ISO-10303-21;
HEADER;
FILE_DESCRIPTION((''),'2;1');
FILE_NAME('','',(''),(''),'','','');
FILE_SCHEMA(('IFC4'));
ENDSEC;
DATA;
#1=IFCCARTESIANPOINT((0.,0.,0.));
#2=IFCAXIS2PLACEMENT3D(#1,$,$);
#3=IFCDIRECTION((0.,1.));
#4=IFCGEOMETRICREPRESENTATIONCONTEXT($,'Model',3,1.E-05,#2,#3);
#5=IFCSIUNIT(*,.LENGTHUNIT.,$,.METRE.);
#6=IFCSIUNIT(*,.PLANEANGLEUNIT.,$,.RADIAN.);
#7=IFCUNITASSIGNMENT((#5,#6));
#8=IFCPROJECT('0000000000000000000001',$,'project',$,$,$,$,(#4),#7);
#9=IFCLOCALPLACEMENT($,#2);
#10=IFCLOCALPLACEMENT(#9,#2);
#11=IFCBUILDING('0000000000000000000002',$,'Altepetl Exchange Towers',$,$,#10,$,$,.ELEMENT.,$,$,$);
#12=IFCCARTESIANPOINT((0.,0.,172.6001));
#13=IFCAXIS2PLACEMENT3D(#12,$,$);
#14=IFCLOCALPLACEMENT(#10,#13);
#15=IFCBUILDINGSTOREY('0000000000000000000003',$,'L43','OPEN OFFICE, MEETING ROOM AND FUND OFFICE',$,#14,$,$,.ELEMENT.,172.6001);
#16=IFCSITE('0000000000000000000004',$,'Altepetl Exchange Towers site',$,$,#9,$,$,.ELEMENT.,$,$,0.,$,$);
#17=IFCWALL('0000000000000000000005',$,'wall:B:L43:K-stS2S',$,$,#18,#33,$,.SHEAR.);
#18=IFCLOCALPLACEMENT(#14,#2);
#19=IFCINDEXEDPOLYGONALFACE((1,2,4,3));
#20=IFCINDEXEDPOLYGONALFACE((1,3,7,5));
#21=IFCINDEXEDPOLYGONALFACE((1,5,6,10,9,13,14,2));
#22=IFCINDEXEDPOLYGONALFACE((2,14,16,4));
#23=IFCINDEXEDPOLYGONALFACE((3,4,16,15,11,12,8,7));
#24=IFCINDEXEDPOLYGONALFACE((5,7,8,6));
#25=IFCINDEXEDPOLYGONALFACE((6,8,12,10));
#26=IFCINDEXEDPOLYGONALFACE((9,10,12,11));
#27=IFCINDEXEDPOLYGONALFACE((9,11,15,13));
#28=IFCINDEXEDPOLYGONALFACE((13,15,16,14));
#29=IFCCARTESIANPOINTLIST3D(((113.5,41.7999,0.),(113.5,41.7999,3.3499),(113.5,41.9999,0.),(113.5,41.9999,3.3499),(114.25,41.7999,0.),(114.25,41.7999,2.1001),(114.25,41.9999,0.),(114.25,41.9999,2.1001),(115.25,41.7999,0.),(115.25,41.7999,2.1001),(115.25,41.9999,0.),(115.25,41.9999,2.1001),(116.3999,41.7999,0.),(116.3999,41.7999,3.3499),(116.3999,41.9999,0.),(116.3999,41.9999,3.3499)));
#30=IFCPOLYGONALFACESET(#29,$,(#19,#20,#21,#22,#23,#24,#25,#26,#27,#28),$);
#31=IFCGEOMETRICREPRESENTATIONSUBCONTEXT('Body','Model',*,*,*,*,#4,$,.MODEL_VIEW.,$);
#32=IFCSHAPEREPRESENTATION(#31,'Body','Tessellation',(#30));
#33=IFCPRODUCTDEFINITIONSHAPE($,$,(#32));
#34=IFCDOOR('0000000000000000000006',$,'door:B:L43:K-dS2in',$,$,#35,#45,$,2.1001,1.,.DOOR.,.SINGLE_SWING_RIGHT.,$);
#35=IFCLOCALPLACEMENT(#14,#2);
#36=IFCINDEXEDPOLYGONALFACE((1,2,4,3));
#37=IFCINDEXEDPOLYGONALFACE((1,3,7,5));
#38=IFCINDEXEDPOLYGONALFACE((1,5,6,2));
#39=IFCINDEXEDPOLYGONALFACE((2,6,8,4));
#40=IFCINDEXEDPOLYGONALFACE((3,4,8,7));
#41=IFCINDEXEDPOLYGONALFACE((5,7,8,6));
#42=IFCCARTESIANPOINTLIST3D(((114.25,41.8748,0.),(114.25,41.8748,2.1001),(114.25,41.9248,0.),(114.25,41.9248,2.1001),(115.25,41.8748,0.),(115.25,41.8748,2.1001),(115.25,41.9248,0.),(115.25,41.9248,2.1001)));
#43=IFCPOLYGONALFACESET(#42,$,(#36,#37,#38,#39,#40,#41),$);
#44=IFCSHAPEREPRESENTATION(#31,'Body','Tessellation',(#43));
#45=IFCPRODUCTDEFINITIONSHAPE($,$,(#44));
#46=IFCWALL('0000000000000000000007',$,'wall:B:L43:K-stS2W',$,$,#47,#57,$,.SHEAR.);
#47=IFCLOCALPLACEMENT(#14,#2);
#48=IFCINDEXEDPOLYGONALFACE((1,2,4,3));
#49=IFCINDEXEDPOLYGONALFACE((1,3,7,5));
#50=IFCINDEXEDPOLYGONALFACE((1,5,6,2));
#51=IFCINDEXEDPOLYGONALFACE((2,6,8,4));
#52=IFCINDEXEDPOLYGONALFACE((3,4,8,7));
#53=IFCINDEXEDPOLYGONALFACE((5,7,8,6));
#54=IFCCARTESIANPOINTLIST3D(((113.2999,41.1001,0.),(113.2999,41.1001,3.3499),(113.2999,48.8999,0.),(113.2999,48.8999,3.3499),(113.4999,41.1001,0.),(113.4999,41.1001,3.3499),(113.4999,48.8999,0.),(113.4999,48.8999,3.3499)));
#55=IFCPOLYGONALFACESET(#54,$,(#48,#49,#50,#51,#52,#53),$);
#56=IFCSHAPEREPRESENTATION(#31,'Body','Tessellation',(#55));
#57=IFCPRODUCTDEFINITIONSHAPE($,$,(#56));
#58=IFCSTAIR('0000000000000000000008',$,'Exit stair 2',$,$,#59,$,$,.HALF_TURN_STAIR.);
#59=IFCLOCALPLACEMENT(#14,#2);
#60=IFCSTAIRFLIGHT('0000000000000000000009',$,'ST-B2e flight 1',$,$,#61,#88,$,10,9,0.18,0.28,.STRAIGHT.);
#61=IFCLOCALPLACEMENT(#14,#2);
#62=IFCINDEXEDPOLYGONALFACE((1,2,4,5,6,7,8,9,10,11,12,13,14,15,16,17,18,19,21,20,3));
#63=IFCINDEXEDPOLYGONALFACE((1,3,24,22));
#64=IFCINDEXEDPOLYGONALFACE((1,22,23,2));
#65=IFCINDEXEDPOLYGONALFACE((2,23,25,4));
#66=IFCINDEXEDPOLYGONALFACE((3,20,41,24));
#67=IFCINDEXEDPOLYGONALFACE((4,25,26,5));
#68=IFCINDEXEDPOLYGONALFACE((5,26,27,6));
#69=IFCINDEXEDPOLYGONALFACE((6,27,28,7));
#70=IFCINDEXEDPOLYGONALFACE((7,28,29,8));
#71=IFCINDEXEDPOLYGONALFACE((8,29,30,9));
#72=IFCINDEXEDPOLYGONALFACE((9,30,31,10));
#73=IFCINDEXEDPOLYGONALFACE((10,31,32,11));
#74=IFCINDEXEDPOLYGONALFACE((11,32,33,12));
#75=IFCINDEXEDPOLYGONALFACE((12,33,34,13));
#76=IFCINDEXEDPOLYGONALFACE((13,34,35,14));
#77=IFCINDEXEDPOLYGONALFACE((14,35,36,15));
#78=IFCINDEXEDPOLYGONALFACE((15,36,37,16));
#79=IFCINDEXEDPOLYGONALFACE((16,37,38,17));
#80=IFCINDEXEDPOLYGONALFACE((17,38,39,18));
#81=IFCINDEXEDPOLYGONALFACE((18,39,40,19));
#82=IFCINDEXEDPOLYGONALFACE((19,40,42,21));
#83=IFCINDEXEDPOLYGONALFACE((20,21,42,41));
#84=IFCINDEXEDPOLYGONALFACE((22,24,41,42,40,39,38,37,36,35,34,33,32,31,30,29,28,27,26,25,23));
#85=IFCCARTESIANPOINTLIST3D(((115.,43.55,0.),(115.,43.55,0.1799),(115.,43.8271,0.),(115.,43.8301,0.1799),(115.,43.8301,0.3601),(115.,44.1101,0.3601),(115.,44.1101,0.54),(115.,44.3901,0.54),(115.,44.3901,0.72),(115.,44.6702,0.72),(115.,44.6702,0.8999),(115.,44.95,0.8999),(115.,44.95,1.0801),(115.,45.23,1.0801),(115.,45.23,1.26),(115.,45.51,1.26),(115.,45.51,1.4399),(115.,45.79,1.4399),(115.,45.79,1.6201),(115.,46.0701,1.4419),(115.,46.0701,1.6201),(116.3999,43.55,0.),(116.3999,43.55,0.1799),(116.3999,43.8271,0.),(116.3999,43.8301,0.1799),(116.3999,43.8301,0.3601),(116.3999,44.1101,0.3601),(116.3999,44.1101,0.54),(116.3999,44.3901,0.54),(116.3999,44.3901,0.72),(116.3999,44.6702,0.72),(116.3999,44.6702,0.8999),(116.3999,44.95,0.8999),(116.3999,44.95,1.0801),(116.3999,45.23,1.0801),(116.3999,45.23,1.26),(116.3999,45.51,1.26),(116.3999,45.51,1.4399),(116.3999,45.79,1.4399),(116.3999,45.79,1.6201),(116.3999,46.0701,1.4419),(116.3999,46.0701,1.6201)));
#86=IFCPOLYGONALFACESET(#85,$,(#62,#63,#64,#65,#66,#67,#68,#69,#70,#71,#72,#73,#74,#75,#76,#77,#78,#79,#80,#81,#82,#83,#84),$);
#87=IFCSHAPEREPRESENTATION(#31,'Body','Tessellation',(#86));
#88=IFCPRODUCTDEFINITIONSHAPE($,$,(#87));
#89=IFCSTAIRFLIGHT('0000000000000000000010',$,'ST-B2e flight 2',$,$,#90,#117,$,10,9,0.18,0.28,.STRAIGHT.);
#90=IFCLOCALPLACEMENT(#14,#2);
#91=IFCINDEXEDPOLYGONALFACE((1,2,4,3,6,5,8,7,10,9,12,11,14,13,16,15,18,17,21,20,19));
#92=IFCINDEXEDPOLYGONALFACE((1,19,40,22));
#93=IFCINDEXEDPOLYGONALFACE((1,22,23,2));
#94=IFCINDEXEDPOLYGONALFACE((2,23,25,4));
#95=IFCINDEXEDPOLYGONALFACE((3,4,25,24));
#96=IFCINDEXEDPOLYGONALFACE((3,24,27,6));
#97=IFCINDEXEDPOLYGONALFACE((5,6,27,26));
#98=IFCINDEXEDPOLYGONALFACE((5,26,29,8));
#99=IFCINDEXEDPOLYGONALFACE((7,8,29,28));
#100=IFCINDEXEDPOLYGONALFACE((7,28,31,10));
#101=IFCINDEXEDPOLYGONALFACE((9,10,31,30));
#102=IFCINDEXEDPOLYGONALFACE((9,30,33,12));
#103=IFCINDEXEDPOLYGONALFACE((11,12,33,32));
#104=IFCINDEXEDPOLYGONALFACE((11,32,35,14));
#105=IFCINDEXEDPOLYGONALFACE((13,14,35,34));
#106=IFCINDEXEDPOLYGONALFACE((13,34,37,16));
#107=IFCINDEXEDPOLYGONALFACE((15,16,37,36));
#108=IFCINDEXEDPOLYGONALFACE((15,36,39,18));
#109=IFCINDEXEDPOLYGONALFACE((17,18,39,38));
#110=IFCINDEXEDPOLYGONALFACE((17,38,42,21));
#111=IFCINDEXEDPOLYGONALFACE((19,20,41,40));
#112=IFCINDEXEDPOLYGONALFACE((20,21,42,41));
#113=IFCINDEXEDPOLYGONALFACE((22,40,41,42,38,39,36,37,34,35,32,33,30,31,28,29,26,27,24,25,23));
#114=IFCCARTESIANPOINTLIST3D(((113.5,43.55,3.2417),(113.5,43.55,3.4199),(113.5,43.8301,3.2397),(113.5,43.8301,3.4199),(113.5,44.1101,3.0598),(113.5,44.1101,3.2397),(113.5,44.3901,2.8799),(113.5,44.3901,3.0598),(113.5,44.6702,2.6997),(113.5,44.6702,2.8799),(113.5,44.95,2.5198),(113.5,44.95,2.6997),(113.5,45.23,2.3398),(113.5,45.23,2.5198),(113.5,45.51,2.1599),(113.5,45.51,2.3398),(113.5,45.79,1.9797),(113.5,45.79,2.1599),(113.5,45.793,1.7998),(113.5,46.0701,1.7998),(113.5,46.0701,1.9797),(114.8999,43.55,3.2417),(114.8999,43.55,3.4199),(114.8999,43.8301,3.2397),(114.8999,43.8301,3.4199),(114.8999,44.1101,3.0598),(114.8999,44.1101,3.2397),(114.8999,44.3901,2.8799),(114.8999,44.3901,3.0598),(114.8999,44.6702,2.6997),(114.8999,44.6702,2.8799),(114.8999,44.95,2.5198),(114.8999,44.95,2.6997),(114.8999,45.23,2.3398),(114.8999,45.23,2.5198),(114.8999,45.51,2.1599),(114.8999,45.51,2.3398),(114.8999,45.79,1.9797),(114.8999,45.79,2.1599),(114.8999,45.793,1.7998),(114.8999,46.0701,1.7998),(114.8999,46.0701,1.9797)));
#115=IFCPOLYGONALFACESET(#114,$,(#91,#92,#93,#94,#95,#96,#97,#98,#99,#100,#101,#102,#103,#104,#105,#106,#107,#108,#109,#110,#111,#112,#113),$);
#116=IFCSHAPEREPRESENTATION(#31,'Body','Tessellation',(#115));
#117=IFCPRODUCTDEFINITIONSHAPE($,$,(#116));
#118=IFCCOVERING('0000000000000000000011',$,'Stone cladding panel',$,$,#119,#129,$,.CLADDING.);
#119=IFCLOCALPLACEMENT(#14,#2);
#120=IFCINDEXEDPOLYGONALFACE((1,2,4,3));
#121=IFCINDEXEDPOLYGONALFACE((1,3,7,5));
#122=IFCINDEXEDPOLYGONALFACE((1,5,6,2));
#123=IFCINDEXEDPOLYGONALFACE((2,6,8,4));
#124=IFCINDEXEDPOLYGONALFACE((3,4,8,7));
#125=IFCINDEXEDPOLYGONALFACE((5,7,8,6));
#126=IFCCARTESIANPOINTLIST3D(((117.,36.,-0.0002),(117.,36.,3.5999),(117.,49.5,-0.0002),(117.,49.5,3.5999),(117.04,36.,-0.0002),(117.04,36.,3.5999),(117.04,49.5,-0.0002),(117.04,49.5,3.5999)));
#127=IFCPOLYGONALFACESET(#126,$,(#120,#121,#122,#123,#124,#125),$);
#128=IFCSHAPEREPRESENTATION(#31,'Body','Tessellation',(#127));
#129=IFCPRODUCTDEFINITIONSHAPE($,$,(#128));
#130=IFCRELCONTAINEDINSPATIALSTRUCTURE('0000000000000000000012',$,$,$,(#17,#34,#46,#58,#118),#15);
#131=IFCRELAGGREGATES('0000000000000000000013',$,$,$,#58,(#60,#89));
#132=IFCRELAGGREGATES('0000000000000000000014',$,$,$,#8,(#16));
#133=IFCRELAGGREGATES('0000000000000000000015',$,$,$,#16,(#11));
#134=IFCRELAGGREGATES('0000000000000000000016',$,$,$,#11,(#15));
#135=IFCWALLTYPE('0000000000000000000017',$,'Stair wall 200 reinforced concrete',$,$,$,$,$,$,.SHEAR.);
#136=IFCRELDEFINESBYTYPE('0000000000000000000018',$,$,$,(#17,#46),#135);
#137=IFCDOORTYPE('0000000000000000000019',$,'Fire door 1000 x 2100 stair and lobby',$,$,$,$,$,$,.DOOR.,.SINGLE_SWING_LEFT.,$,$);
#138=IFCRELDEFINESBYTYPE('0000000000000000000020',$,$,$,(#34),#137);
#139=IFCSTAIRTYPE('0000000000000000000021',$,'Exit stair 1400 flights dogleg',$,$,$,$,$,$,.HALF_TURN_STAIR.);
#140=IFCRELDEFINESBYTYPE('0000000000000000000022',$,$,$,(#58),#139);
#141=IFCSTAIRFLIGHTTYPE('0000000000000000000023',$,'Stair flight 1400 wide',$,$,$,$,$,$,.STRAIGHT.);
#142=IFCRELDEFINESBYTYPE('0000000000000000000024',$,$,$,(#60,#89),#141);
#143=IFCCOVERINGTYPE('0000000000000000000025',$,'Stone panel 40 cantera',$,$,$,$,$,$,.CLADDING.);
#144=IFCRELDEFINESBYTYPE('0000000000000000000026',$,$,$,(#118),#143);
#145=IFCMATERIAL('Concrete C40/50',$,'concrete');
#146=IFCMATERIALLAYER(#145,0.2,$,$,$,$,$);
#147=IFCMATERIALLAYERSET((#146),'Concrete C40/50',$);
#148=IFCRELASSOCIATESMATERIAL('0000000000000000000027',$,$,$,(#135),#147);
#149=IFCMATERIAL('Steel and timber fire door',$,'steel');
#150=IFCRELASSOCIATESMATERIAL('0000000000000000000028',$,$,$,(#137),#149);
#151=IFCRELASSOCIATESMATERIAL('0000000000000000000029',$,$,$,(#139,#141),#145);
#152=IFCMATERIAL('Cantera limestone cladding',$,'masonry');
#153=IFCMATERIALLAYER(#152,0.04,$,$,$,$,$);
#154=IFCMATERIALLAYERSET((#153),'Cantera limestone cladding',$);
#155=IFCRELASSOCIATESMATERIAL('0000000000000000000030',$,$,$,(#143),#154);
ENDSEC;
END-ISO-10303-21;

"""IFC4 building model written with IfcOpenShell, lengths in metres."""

from ifc_helpers import new_model, si_unit, direction, frame, frame_2d, origin, origin_2d, place, context, subcontext, project, spatial, polyline, rectangle, outline, extrude, material, layer, layer_set, type_object, element, fill, aggregate, save


model = new_model("IFC4")

# Units and contexts
model_context = context("Model", 3, precision=1e-05, world=origin(), true_north=direction((0.0, 1.0)))
body_context = subcontext(model_context, "Body", "Model", "MODEL_VIEW")
ifc_project = project(units=[si_unit("LENGTHUNIT", "METRE"), si_unit("PLANEANGLEUNIT", "RADIAN")], contexts=[model_context])

# Site, building, storey
site_placement = place(None, origin())
site = spatial("IfcSite", under=ifc_project, at=site_placement, Name="Altepetl Exchange Towers site", CompositionType="ELEMENT", RefElevation=0.0)
building_placement = place(site_placement, origin())
building = spatial("IfcBuilding", under=site, at=building_placement, Name="Altepetl Exchange Towers", CompositionType="ELEMENT")
storey_placement = place(building_placement, frame((0.0, 0.0, 172.6001)))
storey = spatial("IfcBuildingStorey", under=building, at=storey_placement, Name="L43", Description="OPEN OFFICE, MEETING ROOM AND FUND OFFICE", CompositionType="ELEMENT", Elevation=172.6001)

# Shared definitions
ifc_material_1 = material(Name="Steel and timber fire door", Category="steel")

# Wall, opening, door
ifc_material_2 = material(Name="Concrete C40/50", Category="concrete")
ifc_layer_1 = layer(ifc_material_2, 0.2)
ifc_layer_set_1 = layer_set([ifc_layer_1], Name="Concrete C40/50")
wall_type_1 = type_object("IfcWallType", Name="Stair wall 200 reinforced concrete", PredefinedType="SHEAR", material=ifc_layer_set_1)
wall_1_placement = place(storey_placement, frame((113.5, 41.8999, 0.0)))
wall_1 = element("IfcWall", 1, at=wall_1_placement, inside=storey, type_object=wall_type_1, Name="wall:B:L43:K-stS2S", PredefinedType="SHEAR", context=body_context, shape_type="SweptSolid", body=[
    extrude(rectangle(XDim=2.8999, YDim=0.2, at=frame_2d((1.45, 0.0))), origin(), (0.0, 0.0, 1.0), 3.3499),
])
opening_1_placement = place(wall_1_placement, frame((0.75, 0.0, 0.0)))
opening_1 = element("IfcOpeningElement", 2, at=opening_1_placement, cuts=wall_1, PredefinedType="OPENING", context=body_context, shape_type="SweptSolid", body=[
    extrude(rectangle(XDim=1.0, YDim=2.1001, at=frame_2d((0.5, 1.05))), frame((0.0, 0.1099, 0.0), z_axis=(0.0, -1.0, 0.0), x_axis=(1.0, 0.0, 0.0)), (0.0, 0.0, 1.0), 0.22),
])
door_type_1 = type_object("IfcDoorType", Name="Fire door 1000 x 2100 stair and lobby", OperationType="SINGLE_SWING_LEFT", PredefinedType="DOOR", material=ifc_material_1)
door_1_placement = place(opening_1_placement, origin())
door_1 = element("IfcDoor", 3, at=door_1_placement, inside=storey, type_object=door_type_1, Name="door:B:L43:K-dS2in", OperationType="SINGLE_SWING_RIGHT", OverallHeight=2.1001, OverallWidth=1.0, PredefinedType="DOOR", context=body_context, shape_type="SweptSolid", body=[
    extrude(rectangle(XDim=1.0, YDim=2.1001, at=frame_2d((0.5, 1.05))), frame((0.0, 0.0249, 0.0), z_axis=(0.0, -1.0, 0.0), x_axis=(1.0, 0.0, 0.0)), (0.0, 0.0, 1.0), 0.05),
])
fill(opening_1, door_1)

# Wall
wall_2_placement = place(storey_placement, frame((113.3999, 41.1001, 0.0), z_axis=(0.0, 0.0, 1.0), x_axis=(0.0, 1.0, 0.0)))
element("IfcWall", 4, at=wall_2_placement, inside=storey, type_object=wall_type_1, Name="wall:B:L43:K-stS2W", PredefinedType="SHEAR", context=body_context, shape_type="SweptSolid", body=[
    extrude(rectangle(XDim=7.7998, YDim=0.2, at=frame_2d((3.8999, 0.0))), origin(), (0.0, 0.0, 1.0), 3.3499),
])

# Stair, stair flights
stair_type = type_object("IfcStairType", Name="Exit stair 1400 flights dogleg", PredefinedType="HALF_TURN_STAIR", material=ifc_material_2)
stair_placement = place(storey_placement, origin())
stair = element("IfcStair", 5, at=stair_placement, inside=storey, type_object=stair_type, Name="Exit stair 2", PredefinedType="HALF_TURN_STAIR")
stair_flight_type = type_object("IfcStairFlightType", Name="Stair flight 1400 wide", PredefinedType="STRAIGHT", material=ifc_material_2)
stair_flight_1_placement = place(storey_placement, frame((115.7, 43.55, 0.0), z_axis=(0.0, 0.0, 1.0), x_axis=(0.0, 1.0, 0.0)))
stair_flight_1 = element("IfcStairFlight", 6, at=stair_flight_1_placement, type_object=stair_flight_type, Name="ST-B2e flight 1", NumberOfRisers=10, NumberOfTreads=9, PredefinedType="STRAIGHT", RiserHeight=0.18, TreadLength=0.28, context=body_context, shape_type="SweptSolid", body=[
    extrude(outline(polyline([(0.0, 0.0), (0.0, 0.1799), (0.28, 0.1799), (0.28, 0.3601), (0.5601, 0.3601), (0.5601, 0.54), (0.8401, 0.54), (0.8401, 0.72), (1.1201, 0.72), (1.1201, 0.8999), (1.3999, 0.8999), (1.3999, 1.0801), (1.6799, 1.0801), (1.6799, 1.26), (1.96, 1.26), (1.96, 1.4399), (2.24, 1.4399), (2.24, 1.6201), (2.52, 1.6201), (2.52, 1.8), (2.52, 1.4419), (0.2771, 0.0), (0.0, 0.0)])), frame((0.0, 0.7, 0.0), z_axis=(0.0, -1.0, 0.0), x_axis=(1.0, 0.0, 0.0)), (0.0, 0.0, 1.0), 1.3999),
])
stair_flight_2_placement = place(storey_placement, frame((114.2, 46.0701, 1.7998), z_axis=(0.0, 0.0, 1.0), x_axis=(0.0, -1.0, 0.0)))
stair_flight_2 = element("IfcStairFlight", 7, at=stair_flight_2_placement, type_object=stair_flight_type, Name="ST-B2e flight 2", NumberOfRisers=10, NumberOfTreads=9, PredefinedType="STRAIGHT", RiserHeight=0.18, TreadLength=0.28, context=body_context, shape_type="SweptSolid", body=[
    extrude(outline(polyline([(0.0, 0.0), (0.0, 0.1799), (0.28, 0.1799), (0.28, 0.3601), (0.5601, 0.3601), (0.5601, 0.54), (0.8401, 0.54), (0.8401, 0.72), (1.1201, 0.72), (1.1201, 0.8999), (1.3999, 0.8999), (1.3999, 1.0801), (1.6799, 1.0801), (1.6799, 1.26), (1.96, 1.26), (1.96, 1.4399), (2.24, 1.4399), (2.24, 1.6201), (2.52, 1.6201), (2.52, 1.8), (2.52, 1.4419), (0.2771, 0.0), (0.0, 0.0)])), frame((0.0, 0.7, 0.0), z_axis=(0.0, -1.0, 0.0), x_axis=(1.0, 0.0, 0.0)), (0.0, 0.0, 1.0), 1.3999),
])
aggregate(stair, [stair_flight_1, stair_flight_2])

# Covering
ifc_material_3 = material(Name="Cantera limestone cladding", Category="masonry")
ifc_layer_2 = layer(ifc_material_3, 0.04)
ifc_layer_set_2 = layer_set([ifc_layer_2], Name="Cantera limestone cladding")
covering_type = type_object("IfcCoveringType", Name="Stone panel 40 cantera", PredefinedType="CLADDING", material=ifc_layer_set_2)
covering_placement = place(storey_placement, frame((117.02, 42.75, -0.0002), z_axis=(0.0, 0.0, 1.0), x_axis=(0.0, 1.0, 0.0)))
element("IfcCovering", 8, at=covering_placement, inside=storey, type_object=covering_type, Name="Stone cladding panel", PredefinedType="CLADDING", context=body_context, shape_type="SweptSolid", body=[
    extrude(rectangle(XDim=13.5, YDim=0.04, at=origin_2d()), origin(), (0.0, 0.0, 1.0), 3.6001),
])

save(model, "model.ifc")
